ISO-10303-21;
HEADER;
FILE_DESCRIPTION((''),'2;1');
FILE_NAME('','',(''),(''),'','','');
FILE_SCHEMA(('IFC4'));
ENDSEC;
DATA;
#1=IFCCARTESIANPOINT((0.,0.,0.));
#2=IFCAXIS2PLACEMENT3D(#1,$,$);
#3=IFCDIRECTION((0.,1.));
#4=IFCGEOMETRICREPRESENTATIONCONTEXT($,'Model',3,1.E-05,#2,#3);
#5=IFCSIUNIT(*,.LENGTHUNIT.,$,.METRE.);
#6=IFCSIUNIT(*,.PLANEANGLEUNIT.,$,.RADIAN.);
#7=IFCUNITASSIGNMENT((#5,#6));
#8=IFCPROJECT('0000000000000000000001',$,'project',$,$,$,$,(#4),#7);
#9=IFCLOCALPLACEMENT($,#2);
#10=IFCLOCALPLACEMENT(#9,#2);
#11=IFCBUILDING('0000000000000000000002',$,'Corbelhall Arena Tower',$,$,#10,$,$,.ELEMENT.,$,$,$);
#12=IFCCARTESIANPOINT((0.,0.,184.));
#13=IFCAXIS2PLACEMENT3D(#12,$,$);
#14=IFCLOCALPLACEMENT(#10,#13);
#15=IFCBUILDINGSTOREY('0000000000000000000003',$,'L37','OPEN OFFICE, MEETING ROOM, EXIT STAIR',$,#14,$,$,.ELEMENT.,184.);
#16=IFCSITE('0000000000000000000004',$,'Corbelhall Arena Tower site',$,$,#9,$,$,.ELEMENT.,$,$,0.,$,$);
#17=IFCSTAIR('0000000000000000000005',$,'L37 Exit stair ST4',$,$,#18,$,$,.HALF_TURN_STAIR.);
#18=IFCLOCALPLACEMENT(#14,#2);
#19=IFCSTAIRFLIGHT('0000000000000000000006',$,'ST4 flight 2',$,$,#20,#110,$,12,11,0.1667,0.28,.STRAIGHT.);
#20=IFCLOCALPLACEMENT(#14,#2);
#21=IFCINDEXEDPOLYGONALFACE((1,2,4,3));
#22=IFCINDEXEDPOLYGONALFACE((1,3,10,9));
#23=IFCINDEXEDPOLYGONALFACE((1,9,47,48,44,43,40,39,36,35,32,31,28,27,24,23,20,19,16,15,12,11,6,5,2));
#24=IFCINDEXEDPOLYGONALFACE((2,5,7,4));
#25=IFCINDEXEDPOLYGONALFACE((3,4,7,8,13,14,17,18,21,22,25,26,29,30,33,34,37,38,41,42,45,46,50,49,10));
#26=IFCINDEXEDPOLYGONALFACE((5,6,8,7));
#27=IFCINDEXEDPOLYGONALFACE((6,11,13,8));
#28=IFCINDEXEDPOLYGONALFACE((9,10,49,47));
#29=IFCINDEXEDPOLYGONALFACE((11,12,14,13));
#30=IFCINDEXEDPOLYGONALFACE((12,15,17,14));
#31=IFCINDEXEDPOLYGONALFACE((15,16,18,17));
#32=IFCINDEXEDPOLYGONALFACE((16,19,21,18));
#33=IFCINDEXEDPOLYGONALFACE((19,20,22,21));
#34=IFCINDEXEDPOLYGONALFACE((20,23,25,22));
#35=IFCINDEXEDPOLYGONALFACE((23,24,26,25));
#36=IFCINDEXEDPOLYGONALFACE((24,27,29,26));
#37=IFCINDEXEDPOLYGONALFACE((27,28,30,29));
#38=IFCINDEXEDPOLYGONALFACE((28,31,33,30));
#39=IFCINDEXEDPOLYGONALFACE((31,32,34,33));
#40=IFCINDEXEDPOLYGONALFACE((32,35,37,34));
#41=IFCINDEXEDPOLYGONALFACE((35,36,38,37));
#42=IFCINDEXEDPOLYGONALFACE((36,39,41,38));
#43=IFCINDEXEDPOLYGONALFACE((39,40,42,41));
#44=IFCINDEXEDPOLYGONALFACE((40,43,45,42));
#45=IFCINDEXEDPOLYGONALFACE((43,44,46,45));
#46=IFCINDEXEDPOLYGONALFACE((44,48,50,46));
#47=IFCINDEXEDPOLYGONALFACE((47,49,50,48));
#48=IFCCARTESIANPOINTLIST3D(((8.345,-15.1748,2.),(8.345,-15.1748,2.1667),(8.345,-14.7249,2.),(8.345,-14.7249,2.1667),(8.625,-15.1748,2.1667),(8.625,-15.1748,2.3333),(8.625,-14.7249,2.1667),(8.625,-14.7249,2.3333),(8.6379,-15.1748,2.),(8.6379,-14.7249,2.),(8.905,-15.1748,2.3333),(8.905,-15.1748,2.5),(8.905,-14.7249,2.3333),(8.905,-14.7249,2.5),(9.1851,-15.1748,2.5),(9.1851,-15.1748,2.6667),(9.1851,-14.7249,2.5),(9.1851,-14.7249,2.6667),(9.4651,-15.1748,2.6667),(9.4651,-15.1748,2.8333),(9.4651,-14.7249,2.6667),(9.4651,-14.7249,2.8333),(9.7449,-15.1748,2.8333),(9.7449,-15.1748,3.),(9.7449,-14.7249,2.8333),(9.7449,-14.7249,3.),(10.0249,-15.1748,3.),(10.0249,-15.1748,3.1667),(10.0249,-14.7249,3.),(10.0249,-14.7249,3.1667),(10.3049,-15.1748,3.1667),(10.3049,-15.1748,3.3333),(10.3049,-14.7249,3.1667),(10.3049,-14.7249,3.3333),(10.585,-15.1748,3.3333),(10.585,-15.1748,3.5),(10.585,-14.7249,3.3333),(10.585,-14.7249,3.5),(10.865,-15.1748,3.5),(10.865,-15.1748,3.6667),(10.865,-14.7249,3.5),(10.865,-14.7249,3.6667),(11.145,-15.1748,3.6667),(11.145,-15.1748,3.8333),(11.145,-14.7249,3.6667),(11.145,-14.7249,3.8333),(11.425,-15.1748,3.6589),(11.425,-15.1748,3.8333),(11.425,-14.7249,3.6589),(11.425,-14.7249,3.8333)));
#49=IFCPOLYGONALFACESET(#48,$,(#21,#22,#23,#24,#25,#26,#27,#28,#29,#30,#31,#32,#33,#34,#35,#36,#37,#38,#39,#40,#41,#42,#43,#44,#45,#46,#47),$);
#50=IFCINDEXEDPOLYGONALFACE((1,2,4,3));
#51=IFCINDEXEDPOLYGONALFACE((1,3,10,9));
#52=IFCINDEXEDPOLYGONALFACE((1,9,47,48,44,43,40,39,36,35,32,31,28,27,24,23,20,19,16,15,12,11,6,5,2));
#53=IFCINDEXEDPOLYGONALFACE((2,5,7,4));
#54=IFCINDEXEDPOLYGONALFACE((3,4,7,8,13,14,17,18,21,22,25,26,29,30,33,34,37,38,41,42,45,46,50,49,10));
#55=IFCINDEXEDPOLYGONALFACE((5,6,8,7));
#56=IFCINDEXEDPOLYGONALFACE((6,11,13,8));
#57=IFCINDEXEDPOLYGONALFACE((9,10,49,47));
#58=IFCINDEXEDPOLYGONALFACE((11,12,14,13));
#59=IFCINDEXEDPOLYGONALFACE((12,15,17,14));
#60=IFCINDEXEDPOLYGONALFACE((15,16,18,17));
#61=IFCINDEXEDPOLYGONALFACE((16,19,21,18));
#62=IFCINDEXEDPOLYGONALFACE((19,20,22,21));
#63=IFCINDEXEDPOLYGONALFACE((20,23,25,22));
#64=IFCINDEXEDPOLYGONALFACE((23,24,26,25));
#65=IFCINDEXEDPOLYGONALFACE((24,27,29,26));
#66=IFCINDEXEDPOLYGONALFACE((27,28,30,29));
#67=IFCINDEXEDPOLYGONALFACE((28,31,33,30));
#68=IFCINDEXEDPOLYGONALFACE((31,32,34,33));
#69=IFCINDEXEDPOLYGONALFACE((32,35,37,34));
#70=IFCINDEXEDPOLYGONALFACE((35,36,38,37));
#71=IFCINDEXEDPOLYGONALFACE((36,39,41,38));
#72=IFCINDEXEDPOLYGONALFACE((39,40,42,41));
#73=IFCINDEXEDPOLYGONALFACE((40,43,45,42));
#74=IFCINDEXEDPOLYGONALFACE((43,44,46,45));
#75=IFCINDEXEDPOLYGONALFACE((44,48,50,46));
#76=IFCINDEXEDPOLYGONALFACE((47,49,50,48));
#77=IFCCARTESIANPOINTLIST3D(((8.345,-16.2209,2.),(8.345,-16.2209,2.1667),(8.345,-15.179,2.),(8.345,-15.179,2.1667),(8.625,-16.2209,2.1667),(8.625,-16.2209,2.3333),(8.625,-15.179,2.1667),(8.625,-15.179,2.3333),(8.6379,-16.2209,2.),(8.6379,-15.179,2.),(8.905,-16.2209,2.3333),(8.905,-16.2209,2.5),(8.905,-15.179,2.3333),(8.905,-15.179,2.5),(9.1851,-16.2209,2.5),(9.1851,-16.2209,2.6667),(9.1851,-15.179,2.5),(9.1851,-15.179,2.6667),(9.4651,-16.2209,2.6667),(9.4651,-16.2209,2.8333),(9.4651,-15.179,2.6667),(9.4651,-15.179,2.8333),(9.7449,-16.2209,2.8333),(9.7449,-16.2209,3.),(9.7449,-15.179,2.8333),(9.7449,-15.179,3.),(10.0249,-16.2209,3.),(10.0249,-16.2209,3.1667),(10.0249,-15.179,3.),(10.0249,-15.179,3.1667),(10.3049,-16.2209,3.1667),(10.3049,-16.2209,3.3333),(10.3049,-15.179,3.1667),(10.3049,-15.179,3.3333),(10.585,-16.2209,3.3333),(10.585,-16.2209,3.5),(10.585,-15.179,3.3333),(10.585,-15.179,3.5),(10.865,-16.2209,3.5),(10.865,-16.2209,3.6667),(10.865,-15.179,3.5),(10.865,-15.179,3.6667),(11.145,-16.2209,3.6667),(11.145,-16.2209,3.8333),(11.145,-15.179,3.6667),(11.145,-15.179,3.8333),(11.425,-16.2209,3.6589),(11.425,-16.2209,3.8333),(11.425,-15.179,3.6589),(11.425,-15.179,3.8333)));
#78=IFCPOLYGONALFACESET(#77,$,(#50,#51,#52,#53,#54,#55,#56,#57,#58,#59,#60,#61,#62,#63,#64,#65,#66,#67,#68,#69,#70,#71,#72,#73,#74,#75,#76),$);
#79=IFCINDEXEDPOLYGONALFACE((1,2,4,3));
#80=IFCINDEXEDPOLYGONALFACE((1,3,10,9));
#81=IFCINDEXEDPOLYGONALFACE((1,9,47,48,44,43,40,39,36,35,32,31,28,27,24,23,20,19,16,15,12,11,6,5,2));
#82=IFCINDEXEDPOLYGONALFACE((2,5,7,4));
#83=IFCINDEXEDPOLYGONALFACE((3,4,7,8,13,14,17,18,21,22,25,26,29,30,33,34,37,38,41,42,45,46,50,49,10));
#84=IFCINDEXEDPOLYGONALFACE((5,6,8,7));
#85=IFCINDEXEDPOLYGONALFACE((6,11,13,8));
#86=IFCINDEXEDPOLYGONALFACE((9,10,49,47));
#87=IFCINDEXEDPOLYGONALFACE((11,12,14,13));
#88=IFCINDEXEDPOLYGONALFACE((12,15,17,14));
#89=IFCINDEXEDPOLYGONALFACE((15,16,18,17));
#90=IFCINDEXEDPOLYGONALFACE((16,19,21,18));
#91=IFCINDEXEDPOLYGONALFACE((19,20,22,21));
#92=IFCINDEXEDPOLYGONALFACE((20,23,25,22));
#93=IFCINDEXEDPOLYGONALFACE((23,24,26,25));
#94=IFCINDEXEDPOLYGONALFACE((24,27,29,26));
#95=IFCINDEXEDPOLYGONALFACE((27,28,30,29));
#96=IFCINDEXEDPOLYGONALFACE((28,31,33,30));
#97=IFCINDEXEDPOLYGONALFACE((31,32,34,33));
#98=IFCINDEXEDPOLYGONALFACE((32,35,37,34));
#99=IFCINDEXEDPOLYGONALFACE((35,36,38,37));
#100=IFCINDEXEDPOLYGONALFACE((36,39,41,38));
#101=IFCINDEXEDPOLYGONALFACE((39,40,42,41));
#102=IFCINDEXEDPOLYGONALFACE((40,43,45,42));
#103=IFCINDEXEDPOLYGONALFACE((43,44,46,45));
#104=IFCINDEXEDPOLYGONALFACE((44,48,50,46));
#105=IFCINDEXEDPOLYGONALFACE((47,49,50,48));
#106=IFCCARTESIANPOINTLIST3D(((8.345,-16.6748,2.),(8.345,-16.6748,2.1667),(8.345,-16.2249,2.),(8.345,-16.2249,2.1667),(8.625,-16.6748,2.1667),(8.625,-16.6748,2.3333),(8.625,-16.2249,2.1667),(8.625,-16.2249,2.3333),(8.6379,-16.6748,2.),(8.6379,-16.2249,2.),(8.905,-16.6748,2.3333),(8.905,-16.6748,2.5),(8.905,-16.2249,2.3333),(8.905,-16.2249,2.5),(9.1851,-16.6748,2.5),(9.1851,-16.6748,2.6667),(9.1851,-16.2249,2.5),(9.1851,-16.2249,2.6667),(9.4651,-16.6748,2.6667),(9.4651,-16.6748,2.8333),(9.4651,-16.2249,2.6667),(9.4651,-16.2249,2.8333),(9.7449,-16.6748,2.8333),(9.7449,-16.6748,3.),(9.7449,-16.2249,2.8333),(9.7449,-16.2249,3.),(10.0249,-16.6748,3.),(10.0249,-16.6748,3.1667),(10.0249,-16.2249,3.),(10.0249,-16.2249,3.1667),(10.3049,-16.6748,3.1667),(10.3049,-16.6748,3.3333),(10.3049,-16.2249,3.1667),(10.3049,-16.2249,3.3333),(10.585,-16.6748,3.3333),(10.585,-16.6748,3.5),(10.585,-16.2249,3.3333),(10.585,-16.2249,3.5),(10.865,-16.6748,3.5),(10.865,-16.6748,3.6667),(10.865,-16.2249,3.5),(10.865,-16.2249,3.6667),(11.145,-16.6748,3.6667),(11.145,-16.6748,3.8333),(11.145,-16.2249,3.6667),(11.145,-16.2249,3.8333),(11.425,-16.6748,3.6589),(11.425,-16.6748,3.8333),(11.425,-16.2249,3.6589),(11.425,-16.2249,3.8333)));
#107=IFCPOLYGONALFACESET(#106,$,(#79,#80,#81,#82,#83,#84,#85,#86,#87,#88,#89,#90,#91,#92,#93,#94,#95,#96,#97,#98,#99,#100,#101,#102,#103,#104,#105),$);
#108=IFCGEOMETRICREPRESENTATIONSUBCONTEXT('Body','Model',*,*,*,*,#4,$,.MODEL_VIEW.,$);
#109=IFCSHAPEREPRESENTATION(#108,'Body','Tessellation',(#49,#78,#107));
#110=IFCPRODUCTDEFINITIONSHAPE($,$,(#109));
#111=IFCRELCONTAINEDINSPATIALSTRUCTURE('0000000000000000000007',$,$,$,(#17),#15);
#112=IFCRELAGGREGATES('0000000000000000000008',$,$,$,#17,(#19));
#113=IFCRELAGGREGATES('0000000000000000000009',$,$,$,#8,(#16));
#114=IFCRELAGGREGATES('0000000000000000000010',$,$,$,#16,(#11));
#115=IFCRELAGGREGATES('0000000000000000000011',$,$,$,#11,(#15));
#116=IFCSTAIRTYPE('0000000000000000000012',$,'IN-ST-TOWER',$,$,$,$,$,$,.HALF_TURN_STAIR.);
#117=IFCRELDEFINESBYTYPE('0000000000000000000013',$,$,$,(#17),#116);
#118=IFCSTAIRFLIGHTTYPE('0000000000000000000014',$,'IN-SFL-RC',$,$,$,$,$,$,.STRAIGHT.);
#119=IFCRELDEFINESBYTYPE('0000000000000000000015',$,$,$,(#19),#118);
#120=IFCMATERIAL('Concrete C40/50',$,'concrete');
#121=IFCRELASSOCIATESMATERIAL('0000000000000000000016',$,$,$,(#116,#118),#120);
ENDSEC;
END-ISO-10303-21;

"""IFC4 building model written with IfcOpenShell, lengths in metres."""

from ifc_helpers import new_model, si_unit, direction, frame, origin, place, context, subcontext, project, spatial, polyline, outline, extrude, material, type_object, element, aggregate, save


model = new_model("IFC4")

# Units and contexts
model_context = context("Model", 3, precision=1e-05, world=origin(), true_north=direction((0.0, 1.0)))
body_context = subcontext(model_context, "Body", "Model", "MODEL_VIEW")
ifc_project = project(units=[si_unit("LENGTHUNIT", "METRE"), si_unit("PLANEANGLEUNIT", "RADIAN")], contexts=[model_context])

# Site, building, storey
site_placement = place(None, origin())
site = spatial("IfcSite", under=ifc_project, at=site_placement, Name="Corbelhall Arena Tower site", CompositionType="ELEMENT", RefElevation=0.0)
building_placement = place(site_placement, origin())
building = spatial("IfcBuilding", under=site, at=building_placement, Name="Corbelhall Arena Tower", CompositionType="ELEMENT")
storey_placement = place(building_placement, frame((0.0, 0.0, 184.0)))
storey = spatial("IfcBuildingStorey", under=building, at=storey_placement, Name="L37", Description="OPEN OFFICE, MEETING ROOM, EXIT STAIR", CompositionType="ELEMENT", Elevation=184.0)

# Shared definitions
ifc_material_1 = material(Name="Concrete C40/50", Category="concrete")

# Stair, stair flight
stair_type = type_object("IfcStairType", Name="IN-ST-TOWER", PredefinedType="HALF_TURN_STAIR", material=ifc_material_1)
stair_placement = place(storey_placement, origin())
stair = element("IfcStair", 1, at=stair_placement, inside=storey, type_object=stair_type, Name="L37 Exit stair ST4", PredefinedType="HALF_TURN_STAIR")
stair_flight_type = type_object("IfcStairFlightType", Name="IN-SFL-RC", PredefinedType="STRAIGHT", material=ifc_material_1)
stair_flight_1_placement = place(storey_placement, frame((8.345, -15.7, 2.0), z_axis=(0.0, 0.0, 1.0), x_axis=(1.0, 0.0, 0.0)))
stair_flight_1 = element("IfcStairFlight", 2, at=stair_flight_1_placement, type_object=stair_flight_type, Name="ST4 flight 2", NumberOfRisers=12, NumberOfTreads=11, PredefinedType="STRAIGHT", RiserHeight=0.1667, TreadLength=0.28, context=body_context, shape_type="SweptSolid", body=[
    extrude(outline(polyline([(0.0, 0.0), (0.0, 0.1667), (0.28, 0.1667), (0.28, 0.3333), (0.5601, 0.3333), (0.5601, 0.5), (0.8401, 0.5), (0.8401, 0.6667), (1.1201, 0.6667), (1.1201, 0.8333), (1.3999, 0.8333), (1.3999, 1.0), (1.6799, 1.0), (1.6799, 1.1667), (1.96, 1.1667), (1.96, 1.3333), (2.24, 1.3333), (2.24, 1.5), (2.52, 1.5), (2.52, 1.6667), (2.8, 1.6667), (2.8, 1.8333), (3.0801, 1.8333), (3.0801, 2.0), (3.0801, 1.6589), (0.293, 0.0), (0.0, 0.0)])), frame((0.0, 0.9751, 0.0), z_axis=(0.0, -1.0, 0.0), x_axis=(1.0, 0.0, 0.0)), (0.0, 0.0, 1.0), 0.45),
    extrude(outline(polyline([(0.0, 0.0), (0.0, 0.1667), (0.28, 0.1667), (0.28, 0.3333), (0.5601, 0.3333), (0.5601, 0.5), (0.8401, 0.5), (0.8401, 0.6667), (1.1201, 0.6667), (1.1201, 0.8333), (1.3999, 0.8333), (1.3999, 1.0), (1.6799, 1.0), (1.6799, 1.1667), (1.96, 1.1667), (1.96, 1.3333), (2.24, 1.3333), (2.24, 1.5), (2.52, 1.5), (2.52, 1.6667), (2.8, 1.6667), (2.8, 1.8333), (3.0801, 1.8333), (3.0801, 2.0), (3.0801, 1.6589), (0.293, 0.0), (0.0, 0.0)])), frame((0.0, 0.521, 0.0), z_axis=(0.0, -1.0, 0.0), x_axis=(1.0, 0.0, 0.0)), (0.0, 0.0, 1.0), 1.042),
    extrude(outline(polyline([(0.0, 0.0), (0.0, 0.1667), (0.28, 0.1667), (0.28, 0.3333), (0.5601, 0.3333), (0.5601, 0.5), (0.8401, 0.5), (0.8401, 0.6667), (1.1201, 0.6667), (1.1201, 0.8333), (1.3999, 0.8333), (1.3999, 1.0), (1.6799, 1.0), (1.6799, 1.1667), (1.96, 1.1667), (1.96, 1.3333), (2.24, 1.3333), (2.24, 1.5), (2.52, 1.5), (2.52, 1.6667), (2.8, 1.6667), (2.8, 1.8333), (3.0801, 1.8333), (3.0801, 2.0), (3.0801, 1.6589), (0.293, 0.0), (0.0, 0.0)])), frame((0.0, -0.5249, 0.0), z_axis=(0.0, -1.0, 0.0), x_axis=(1.0, 0.0, 0.0)), (0.0, 0.0, 1.0), 0.45),
])
aggregate(stair, [stair_flight_1])

save(model, "model.ifc")
